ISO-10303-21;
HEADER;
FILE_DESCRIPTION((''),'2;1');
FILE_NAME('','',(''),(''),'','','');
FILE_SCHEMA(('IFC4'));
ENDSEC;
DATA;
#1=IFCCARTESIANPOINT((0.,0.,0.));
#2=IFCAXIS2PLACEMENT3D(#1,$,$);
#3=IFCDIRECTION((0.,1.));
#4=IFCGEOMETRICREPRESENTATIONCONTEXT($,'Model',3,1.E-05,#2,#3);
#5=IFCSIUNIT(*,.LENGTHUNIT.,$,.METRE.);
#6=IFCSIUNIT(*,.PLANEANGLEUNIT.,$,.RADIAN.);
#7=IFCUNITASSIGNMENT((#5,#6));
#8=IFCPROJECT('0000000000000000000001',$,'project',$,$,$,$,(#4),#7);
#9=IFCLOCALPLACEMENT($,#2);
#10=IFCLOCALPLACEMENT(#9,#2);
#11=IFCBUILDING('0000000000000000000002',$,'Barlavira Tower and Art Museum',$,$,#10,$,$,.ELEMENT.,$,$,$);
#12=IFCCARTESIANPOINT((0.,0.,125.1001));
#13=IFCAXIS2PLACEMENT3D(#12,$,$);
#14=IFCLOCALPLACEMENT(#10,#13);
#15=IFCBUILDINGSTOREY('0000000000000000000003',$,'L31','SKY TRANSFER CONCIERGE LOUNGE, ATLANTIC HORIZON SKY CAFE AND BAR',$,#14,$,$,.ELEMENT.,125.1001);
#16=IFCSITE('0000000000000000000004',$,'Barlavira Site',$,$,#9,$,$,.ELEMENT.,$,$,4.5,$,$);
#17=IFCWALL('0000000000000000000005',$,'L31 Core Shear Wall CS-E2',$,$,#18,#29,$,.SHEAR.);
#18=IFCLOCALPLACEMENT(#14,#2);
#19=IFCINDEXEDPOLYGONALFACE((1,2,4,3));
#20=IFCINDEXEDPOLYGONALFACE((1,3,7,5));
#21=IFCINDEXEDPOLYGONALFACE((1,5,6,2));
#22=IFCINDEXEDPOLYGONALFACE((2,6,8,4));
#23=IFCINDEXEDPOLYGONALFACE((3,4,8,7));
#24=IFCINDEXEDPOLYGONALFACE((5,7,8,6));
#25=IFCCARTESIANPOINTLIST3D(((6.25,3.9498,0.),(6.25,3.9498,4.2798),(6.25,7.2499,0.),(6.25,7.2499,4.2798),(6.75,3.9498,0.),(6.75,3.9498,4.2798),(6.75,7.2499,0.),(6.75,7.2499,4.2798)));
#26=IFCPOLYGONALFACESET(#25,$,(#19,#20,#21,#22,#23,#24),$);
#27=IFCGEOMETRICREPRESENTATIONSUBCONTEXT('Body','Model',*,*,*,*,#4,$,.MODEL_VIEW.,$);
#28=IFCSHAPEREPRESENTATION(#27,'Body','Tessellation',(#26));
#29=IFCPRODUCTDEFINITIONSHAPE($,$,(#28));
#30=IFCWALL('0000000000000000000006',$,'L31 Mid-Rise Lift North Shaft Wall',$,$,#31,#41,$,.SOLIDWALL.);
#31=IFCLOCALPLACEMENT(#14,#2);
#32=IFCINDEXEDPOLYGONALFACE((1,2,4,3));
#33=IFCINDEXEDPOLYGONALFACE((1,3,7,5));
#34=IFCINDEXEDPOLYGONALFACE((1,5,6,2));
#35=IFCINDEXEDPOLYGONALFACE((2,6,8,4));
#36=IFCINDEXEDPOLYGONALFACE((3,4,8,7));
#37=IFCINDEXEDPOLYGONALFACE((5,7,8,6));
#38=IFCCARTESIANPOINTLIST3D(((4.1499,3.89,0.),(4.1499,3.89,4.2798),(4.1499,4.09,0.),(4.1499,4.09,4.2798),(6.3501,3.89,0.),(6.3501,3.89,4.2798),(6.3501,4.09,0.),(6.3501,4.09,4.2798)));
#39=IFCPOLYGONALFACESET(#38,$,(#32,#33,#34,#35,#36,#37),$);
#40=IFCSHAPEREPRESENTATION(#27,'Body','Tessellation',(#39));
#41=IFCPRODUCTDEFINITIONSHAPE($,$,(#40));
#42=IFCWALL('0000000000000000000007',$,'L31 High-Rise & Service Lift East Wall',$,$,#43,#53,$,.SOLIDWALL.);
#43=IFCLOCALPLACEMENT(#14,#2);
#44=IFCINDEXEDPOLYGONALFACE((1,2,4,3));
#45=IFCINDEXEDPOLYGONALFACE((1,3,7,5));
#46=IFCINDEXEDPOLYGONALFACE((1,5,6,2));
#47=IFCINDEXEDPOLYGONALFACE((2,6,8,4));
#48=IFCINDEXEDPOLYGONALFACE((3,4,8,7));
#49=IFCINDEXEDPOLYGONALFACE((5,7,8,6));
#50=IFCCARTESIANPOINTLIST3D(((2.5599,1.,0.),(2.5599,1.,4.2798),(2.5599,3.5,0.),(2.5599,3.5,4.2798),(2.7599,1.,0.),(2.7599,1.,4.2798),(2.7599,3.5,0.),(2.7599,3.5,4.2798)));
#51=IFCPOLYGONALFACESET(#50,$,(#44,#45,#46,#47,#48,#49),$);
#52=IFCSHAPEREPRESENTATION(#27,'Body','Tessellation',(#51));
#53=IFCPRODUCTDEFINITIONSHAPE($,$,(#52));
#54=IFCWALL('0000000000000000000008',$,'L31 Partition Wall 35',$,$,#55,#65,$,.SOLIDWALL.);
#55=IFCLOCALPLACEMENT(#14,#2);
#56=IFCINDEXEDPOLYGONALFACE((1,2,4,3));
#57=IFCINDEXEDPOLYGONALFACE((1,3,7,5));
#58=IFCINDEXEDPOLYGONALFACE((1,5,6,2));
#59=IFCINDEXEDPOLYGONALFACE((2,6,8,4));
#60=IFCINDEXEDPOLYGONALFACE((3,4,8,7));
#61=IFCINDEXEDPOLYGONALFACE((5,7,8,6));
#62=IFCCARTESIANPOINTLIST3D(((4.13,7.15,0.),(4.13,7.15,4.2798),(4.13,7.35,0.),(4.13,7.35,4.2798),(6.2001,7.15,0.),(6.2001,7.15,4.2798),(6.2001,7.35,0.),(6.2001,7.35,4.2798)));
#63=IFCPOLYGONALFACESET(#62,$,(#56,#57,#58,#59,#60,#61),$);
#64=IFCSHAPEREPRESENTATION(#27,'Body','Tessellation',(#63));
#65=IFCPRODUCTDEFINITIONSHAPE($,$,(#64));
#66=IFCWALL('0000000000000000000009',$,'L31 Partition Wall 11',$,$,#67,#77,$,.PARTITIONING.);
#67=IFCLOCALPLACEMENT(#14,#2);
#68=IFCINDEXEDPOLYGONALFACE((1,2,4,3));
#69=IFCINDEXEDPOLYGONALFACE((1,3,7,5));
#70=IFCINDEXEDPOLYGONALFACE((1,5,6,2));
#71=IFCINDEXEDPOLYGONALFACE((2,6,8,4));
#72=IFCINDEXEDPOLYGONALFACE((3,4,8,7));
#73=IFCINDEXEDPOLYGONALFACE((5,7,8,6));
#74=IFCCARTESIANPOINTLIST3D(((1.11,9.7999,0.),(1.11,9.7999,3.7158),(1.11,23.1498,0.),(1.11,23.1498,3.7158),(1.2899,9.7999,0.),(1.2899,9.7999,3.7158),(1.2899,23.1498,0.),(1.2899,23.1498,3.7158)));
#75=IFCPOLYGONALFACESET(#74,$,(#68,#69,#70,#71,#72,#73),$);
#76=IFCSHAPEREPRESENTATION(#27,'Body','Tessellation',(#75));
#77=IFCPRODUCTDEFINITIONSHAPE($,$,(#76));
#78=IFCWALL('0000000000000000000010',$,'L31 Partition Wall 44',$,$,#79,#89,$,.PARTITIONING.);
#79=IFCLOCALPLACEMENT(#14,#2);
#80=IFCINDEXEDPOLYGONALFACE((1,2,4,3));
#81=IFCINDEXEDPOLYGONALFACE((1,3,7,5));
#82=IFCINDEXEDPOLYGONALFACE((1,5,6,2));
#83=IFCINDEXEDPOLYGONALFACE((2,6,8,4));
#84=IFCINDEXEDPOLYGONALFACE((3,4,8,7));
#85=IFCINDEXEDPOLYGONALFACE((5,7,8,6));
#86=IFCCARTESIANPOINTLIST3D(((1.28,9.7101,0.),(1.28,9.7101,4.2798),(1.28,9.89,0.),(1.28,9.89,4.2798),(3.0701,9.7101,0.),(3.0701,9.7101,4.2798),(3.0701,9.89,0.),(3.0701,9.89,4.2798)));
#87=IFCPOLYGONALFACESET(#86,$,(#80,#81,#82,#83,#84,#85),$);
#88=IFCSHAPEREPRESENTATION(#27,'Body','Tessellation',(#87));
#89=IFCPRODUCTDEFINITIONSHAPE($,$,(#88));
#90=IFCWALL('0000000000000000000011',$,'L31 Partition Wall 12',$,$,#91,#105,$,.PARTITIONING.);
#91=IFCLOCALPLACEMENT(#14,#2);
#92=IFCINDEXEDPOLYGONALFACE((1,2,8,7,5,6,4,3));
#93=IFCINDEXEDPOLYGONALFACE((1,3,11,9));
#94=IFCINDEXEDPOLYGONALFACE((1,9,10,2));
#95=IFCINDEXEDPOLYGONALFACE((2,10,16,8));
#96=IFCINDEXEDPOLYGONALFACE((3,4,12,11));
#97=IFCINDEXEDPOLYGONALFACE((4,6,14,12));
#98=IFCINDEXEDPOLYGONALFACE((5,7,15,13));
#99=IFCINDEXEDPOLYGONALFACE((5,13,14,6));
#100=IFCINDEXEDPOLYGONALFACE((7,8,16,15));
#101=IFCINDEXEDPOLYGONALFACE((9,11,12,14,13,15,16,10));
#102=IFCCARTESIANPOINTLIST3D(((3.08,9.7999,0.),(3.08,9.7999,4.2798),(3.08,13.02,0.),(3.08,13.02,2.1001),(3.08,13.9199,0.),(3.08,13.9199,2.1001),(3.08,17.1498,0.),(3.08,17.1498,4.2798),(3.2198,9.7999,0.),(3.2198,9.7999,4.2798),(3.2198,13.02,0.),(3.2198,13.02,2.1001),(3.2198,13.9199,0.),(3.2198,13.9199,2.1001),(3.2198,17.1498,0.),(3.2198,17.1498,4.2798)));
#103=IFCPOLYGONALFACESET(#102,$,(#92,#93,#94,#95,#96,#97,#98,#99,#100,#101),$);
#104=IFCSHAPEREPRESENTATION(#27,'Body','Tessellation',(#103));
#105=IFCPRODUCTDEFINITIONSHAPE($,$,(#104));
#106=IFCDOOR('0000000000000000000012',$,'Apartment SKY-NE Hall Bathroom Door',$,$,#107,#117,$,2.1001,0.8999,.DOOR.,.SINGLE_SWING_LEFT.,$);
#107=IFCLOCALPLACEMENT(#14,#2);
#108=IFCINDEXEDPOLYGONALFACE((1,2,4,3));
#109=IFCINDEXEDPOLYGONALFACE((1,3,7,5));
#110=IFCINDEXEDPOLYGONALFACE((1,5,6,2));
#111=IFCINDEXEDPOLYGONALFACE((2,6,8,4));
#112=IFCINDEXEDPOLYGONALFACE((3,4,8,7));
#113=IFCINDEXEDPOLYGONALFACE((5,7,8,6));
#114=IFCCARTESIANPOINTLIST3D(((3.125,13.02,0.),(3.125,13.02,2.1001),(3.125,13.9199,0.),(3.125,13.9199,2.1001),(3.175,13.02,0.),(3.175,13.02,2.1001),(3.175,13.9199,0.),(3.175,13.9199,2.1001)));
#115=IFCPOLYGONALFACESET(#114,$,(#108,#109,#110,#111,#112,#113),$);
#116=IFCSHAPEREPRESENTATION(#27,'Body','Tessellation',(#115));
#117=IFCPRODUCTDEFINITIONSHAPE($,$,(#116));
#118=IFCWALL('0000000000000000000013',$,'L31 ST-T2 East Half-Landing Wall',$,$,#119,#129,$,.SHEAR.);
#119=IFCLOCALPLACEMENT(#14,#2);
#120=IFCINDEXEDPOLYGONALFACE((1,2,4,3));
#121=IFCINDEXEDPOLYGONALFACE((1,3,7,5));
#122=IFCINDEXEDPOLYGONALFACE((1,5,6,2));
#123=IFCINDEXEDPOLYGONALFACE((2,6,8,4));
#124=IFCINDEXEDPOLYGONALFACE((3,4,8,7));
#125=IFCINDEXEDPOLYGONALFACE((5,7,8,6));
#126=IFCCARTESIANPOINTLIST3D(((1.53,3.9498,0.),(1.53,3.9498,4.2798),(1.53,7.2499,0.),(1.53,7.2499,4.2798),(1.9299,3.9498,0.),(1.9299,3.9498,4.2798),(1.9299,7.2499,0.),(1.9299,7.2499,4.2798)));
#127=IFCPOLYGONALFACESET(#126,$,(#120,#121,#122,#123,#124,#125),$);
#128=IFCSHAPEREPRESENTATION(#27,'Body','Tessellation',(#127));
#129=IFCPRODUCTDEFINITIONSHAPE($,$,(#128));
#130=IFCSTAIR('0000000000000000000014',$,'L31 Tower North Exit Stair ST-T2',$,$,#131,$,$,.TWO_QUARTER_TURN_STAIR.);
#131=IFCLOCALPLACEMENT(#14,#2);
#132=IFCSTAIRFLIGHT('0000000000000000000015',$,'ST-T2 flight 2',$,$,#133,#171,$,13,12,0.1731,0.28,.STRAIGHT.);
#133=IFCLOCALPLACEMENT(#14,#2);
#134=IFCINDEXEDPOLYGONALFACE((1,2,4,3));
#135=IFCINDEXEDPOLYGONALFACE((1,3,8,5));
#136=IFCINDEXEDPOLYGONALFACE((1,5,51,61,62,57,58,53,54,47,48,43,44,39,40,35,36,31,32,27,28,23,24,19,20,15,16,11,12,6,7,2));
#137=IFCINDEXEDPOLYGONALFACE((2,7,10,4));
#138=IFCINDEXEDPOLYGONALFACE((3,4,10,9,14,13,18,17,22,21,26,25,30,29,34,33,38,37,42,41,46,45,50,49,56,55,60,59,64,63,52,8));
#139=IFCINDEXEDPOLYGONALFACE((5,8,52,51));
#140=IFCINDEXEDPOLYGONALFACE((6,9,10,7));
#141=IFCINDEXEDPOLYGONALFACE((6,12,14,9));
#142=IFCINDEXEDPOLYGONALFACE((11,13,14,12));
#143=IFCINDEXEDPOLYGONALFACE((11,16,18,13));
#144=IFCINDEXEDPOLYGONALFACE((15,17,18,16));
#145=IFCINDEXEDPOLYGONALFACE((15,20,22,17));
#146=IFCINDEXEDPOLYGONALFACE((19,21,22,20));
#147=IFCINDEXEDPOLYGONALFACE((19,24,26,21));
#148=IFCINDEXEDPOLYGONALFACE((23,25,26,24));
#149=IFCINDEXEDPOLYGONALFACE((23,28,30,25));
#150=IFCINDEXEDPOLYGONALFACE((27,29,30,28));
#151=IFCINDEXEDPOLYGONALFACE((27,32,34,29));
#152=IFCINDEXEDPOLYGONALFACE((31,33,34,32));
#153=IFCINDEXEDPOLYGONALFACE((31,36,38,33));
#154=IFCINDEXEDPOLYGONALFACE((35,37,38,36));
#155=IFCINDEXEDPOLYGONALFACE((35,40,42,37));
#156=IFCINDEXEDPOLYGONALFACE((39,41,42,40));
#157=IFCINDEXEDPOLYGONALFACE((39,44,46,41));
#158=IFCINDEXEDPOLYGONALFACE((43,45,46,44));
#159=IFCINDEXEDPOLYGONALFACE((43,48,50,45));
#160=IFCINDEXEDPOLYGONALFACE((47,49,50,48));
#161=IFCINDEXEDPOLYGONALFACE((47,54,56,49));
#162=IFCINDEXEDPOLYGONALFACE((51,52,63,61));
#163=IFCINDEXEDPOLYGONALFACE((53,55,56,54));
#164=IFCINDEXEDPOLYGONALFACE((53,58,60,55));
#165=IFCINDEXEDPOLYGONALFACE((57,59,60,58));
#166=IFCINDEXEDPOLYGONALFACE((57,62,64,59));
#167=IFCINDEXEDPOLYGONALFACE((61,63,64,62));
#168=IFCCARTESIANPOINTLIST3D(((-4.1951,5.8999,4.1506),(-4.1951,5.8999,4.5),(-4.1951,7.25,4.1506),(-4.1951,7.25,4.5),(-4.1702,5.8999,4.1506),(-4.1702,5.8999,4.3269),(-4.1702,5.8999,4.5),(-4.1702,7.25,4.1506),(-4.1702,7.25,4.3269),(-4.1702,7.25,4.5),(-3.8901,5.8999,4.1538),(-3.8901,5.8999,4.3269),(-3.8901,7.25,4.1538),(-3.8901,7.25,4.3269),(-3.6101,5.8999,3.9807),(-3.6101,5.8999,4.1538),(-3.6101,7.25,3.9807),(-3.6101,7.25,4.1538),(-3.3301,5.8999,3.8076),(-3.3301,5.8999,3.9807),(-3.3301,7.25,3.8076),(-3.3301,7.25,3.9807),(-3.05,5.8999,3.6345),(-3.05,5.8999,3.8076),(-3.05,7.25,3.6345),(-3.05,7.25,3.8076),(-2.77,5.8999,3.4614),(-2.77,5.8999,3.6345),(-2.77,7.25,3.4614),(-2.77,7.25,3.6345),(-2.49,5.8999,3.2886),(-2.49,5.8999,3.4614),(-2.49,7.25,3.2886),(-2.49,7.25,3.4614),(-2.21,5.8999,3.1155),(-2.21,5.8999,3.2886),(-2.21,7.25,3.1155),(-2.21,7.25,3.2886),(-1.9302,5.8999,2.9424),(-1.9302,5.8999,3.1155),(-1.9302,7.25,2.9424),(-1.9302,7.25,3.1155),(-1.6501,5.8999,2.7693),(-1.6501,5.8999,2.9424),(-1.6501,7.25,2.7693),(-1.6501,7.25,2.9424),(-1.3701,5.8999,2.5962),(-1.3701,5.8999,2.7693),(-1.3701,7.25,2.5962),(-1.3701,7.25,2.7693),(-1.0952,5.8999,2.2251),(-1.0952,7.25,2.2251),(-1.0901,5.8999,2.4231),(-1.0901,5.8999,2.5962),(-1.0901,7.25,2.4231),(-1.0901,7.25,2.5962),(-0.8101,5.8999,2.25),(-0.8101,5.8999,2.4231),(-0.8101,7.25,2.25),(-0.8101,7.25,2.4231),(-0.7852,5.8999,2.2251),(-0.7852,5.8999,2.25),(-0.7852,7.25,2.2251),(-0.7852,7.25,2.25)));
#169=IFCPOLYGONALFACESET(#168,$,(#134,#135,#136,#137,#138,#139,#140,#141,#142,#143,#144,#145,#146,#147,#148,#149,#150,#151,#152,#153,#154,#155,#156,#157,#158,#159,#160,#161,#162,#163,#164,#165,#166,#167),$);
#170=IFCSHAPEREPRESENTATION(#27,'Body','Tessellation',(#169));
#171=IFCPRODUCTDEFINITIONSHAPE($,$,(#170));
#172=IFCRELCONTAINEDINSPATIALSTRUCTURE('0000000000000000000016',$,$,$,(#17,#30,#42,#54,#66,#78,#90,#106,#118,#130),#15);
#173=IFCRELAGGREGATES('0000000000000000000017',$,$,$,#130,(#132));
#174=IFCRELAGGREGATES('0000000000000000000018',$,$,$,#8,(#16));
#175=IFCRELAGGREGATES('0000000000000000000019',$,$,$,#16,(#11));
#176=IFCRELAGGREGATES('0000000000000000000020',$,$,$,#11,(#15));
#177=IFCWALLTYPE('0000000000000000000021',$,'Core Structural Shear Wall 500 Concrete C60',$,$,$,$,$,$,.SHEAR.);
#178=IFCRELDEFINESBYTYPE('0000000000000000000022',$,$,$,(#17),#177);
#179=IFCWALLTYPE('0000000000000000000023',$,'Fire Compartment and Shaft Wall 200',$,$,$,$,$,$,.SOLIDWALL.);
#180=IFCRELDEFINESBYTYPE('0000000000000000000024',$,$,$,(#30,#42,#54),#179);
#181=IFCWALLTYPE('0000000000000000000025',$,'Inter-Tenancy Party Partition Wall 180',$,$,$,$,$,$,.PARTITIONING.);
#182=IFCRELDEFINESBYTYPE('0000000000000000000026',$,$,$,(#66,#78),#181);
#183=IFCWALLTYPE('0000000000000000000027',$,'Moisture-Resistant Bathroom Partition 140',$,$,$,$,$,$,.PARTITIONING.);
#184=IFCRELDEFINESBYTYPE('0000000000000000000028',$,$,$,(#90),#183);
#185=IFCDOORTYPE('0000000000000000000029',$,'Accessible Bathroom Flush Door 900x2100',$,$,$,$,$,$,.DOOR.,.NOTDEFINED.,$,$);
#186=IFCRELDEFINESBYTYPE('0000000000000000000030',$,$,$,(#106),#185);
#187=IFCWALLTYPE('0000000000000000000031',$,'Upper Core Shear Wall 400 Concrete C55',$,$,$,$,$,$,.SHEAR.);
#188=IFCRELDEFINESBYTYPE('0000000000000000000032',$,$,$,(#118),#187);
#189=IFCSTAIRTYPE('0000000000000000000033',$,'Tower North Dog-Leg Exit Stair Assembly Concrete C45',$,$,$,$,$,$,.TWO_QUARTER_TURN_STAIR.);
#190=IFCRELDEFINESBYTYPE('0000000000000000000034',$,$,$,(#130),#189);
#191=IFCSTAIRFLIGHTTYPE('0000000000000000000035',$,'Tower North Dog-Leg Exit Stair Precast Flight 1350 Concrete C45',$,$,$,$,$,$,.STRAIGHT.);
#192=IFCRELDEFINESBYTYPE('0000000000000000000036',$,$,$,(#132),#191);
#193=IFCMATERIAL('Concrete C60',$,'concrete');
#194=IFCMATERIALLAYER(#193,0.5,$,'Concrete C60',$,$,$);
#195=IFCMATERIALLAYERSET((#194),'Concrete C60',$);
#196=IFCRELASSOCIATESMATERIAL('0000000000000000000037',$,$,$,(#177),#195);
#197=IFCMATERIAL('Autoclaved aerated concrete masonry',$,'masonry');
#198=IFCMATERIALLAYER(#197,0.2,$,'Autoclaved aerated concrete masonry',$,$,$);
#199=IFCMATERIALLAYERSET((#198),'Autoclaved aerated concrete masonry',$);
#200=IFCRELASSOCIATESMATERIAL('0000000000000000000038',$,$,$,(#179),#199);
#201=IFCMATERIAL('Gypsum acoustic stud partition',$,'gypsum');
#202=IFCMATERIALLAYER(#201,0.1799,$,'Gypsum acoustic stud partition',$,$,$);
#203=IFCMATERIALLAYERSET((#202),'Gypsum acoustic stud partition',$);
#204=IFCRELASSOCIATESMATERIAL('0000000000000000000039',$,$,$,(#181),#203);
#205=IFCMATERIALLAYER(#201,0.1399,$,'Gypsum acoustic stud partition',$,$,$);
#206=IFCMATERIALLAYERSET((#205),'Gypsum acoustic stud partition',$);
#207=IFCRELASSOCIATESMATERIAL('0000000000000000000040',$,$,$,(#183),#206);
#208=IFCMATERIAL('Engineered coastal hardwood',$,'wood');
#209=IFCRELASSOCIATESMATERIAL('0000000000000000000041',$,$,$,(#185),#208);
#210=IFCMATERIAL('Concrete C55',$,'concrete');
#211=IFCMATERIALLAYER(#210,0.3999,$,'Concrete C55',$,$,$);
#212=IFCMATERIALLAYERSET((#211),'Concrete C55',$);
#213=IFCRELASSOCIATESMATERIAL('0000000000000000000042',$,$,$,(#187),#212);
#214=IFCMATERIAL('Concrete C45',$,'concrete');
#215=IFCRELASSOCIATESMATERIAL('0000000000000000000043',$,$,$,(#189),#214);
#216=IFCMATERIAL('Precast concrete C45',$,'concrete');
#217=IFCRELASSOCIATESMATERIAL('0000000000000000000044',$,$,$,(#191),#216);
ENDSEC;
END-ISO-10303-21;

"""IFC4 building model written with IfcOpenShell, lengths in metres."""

from ifc_helpers import new_model, si_unit, direction, frame, frame_2d, origin, place, context, subcontext, project, spatial, polyline, rectangle, outline, extrude, material, layer, layer_set, type_object, element, fill, aggregate, save


model = new_model("IFC4")

# Units and contexts
model_context = context("Model", 3, precision=1e-05, world=origin(), true_north=direction((0.0, 1.0)))
body_context = subcontext(model_context, "Body", "Model", "MODEL_VIEW")
ifc_project = project(units=[si_unit("LENGTHUNIT", "METRE"), si_unit("PLANEANGLEUNIT", "RADIAN")], contexts=[model_context])

# Site, building, storey
site_placement = place(None, origin())
site = spatial("IfcSite", under=ifc_project, at=site_placement, Name="Barlavira Site", CompositionType="ELEMENT", RefElevation=4.5)
building_placement = place(site_placement, origin())
building = spatial("IfcBuilding", under=site, at=building_placement, Name="Barlavira Tower and Art Museum", CompositionType="ELEMENT")
storey_placement = place(building_placement, frame((0.0, 0.0, 125.1001)))
storey = spatial("IfcBuildingStorey", under=building, at=storey_placement, Name="L31", Description="SKY TRANSFER CONCIERGE LOUNGE, ATLANTIC HORIZON SKY CAFE AND BAR", CompositionType="ELEMENT", Elevation=125.1001)

# Shared definitions
ifc_material_1 = material(Name="Gypsum acoustic stud partition", Category="gypsum")
ifc_material_2 = material(Name="Engineered coastal hardwood", Category="wood")

# Walls
ifc_material_3 = material(Name="Concrete C60", Category="concrete")
ifc_layer_1 = layer(ifc_material_3, 0.5, Name="Concrete C60")
ifc_layer_set_1 = layer_set([ifc_layer_1], Name="Concrete C60")
wall_type_1 = type_object("IfcWallType", Name="Core Structural Shear Wall 500 Concrete C60", PredefinedType="SHEAR", material=ifc_layer_set_1)
wall_1_placement = place(storey_placement, frame((6.5, 3.95, 0.0), z_axis=(0.0, 0.0, 1.0), x_axis=(0.0, 1.0, 0.0)))
element("IfcWall", 1, at=wall_1_placement, inside=storey, type_object=wall_type_1, Name="L31 Core Shear Wall CS-E2", PredefinedType="SHEAR", context=body_context, shape_type="SweptSolid", body=[
    extrude(rectangle(XDim=3.3, YDim=0.5, at=frame_2d((1.6499, 0.0))), origin(), (0.0, 0.0, 1.0), 4.2798),
])
ifc_material_4 = material(Name="Autoclaved aerated concrete masonry", Category="masonry")
ifc_layer_2 = layer(ifc_material_4, 0.2, Name="Autoclaved aerated concrete masonry")
ifc_layer_set_2 = layer_set([ifc_layer_2], Name="Autoclaved aerated concrete masonry")
wall_type_2 = type_object("IfcWallType", Name="Fire Compartment and Shaft Wall 200", PredefinedType="SOLIDWALL", material=ifc_layer_set_2)
wall_2_placement = place(storey_placement, frame((4.1499, 3.99, 0.0), z_axis=(0.0, 0.0, 1.0), x_axis=(1.0, 0.0, 0.0)))
element("IfcWall", 2, at=wall_2_placement, inside=storey, type_object=wall_type_2, Name="L31 Mid-Rise Lift North Shaft Wall", PredefinedType="SOLIDWALL", context=body_context, shape_type="SweptSolid", body=[
    extrude(rectangle(XDim=2.2002, YDim=0.2, at=frame_2d((1.1001, 0.0))), origin(), (0.0, 0.0, 1.0), 4.2798),
])
wall_3_placement = place(storey_placement, frame((2.6599, 1.0, 0.0), z_axis=(0.0, 0.0, 1.0), x_axis=(0.0, 1.0, 0.0)))
element("IfcWall", 3, at=wall_3_placement, inside=storey, type_object=wall_type_2, Name="L31 High-Rise & Service Lift East Wall", PredefinedType="SOLIDWALL", context=body_context, shape_type="SweptSolid", body=[
    extrude(rectangle(XDim=2.5, YDim=0.2, at=frame_2d((1.25, 0.0))), origin(), (0.0, 0.0, 1.0), 4.2798),
])

# Walls
wall_4_placement = place(storey_placement, frame((4.1299, 7.25, 0.0), z_axis=(0.0, 0.0, 1.0), x_axis=(1.0, 0.0, 0.0)))
element("IfcWall", 4, at=wall_4_placement, inside=storey, type_object=wall_type_2, Name="L31 Partition Wall 35", PredefinedType="SOLIDWALL", context=body_context, shape_type="SweptSolid", body=[
    extrude(rectangle(XDim=2.0701, YDim=0.2, at=frame_2d((1.0352, 0.0))), origin(), (0.0, 0.0, 1.0), 4.2798),
])
ifc_layer_3 = layer(ifc_material_1, 0.1799, Name="Gypsum acoustic stud partition")
ifc_layer_set_3 = layer_set([ifc_layer_3], Name="Gypsum acoustic stud partition")
wall_type_3 = type_object("IfcWallType", Name="Inter-Tenancy Party Partition Wall 180", PredefinedType="PARTITIONING", material=ifc_layer_set_3)
wall_5_placement = place(storey_placement, frame((1.2, 9.8, 0.0), z_axis=(0.0, 0.0, 1.0), x_axis=(0.0, 1.0, 0.0)))
element("IfcWall", 5, at=wall_5_placement, inside=storey, type_object=wall_type_3, Name="L31 Partition Wall 11", PredefinedType="PARTITIONING", context=body_context, shape_type="SweptSolid", body=[
    extrude(rectangle(XDim=13.3499, YDim=0.1799, at=frame_2d((6.6748, 0.0))), origin(), (0.0, 0.0, 1.0), 3.7158),
])
wall_6_placement = place(storey_placement, frame((1.28, 9.8, 0.0), z_axis=(0.0, 0.0, 1.0), x_axis=(1.0, 0.0, 0.0)))
element("IfcWall", 6, at=wall_6_placement, inside=storey, type_object=wall_type_3, Name="L31 Partition Wall 44", PredefinedType="PARTITIONING", context=body_context, shape_type="SweptSolid", body=[
    extrude(rectangle(XDim=1.79, YDim=0.1799, at=frame_2d((0.895, 0.0))), origin(), (0.0, 0.0, 1.0), 4.2798),
])

# Wall, opening, door
ifc_layer_4 = layer(ifc_material_1, 0.1399, Name="Gypsum acoustic stud partition")
ifc_layer_set_4 = layer_set([ifc_layer_4], Name="Gypsum acoustic stud partition")
wall_type_4 = type_object("IfcWallType", Name="Moisture-Resistant Bathroom Partition 140", PredefinedType="PARTITIONING", material=ifc_layer_set_4)
wall_7_placement = place(storey_placement, frame((3.1499, 9.8, 0.0), z_axis=(0.0, 0.0, 1.0), x_axis=(0.0, 1.0, 0.0)))
wall_7 = element("IfcWall", 7, at=wall_7_placement, inside=storey, type_object=wall_type_4, Name="L31 Partition Wall 12", PredefinedType="PARTITIONING", context=body_context, shape_type="SweptSolid", body=[
    extrude(rectangle(XDim=7.3499, YDim=0.1399, at=frame_2d((3.6748, 0.0))), origin(), (0.0, 0.0, 1.0), 4.2798),
])
opening_1_placement = place(wall_7_placement, frame((3.22, 0.0, 0.0)))
opening_1 = element("IfcOpeningElement", 8, at=opening_1_placement, cuts=wall_7, PredefinedType="OPENING", context=body_context, shape_type="SweptSolid", body=[
    extrude(rectangle(XDim=0.8999, YDim=2.1001, at=frame_2d((0.45, 1.05))), frame((0.0, 0.0801, 0.0), z_axis=(0.0, -1.0, 0.0), x_axis=(1.0, 0.0, 0.0)), (0.0, 0.0, 1.0), 0.1599),
])
door_type_1 = type_object("IfcDoorType", Name="Accessible Bathroom Flush Door 900x2100", OperationType="NOTDEFINED", PredefinedType="DOOR", material=ifc_material_2)
door_1_placement = place(opening_1_placement, origin())
door_1 = element("IfcDoor", 9, at=door_1_placement, inside=storey, type_object=door_type_1, Name="Apartment SKY-NE Hall Bathroom Door", OperationType="SINGLE_SWING_LEFT", OverallHeight=2.1001, OverallWidth=0.8999, PredefinedType="DOOR", context=body_context, shape_type="SweptSolid", body=[
    extrude(rectangle(XDim=0.8999, YDim=2.1001, at=frame_2d((0.45, 1.05))), frame((0.0, 0.0249, 0.0), z_axis=(0.0, -1.0, 0.0), x_axis=(1.0, 0.0, 0.0)), (0.0, 0.0, 1.0), 0.05),
])
fill(opening_1, door_1)

# Wall
ifc_material_5 = material(Name="Concrete C55", Category="concrete")
ifc_layer_5 = layer(ifc_material_5, 0.3999, Name="Concrete C55")
ifc_layer_set_5 = layer_set([ifc_layer_5], Name="Concrete C55")
wall_type_5 = type_object("IfcWallType", Name="Upper Core Shear Wall 400 Concrete C55", PredefinedType="SHEAR", material=ifc_layer_set_5)
wall_8_placement = place(storey_placement, frame((1.73, 3.95, 0.0), z_axis=(0.0, 0.0, 1.0), x_axis=(0.0, 1.0, 0.0)))
element("IfcWall", 10, at=wall_8_placement, inside=storey, type_object=wall_type_5, Name="L31 ST-T2 East Half-Landing Wall", PredefinedType="SHEAR", context=body_context, shape_type="SweptSolid", body=[
    extrude(rectangle(XDim=3.3, YDim=0.3999, at=frame_2d((1.6499, 0.0))), origin(), (0.0, 0.0, 1.0), 4.2798),
])

# Stair, stair flight
ifc_material_6 = material(Name="Concrete C45", Category="concrete")
stair_type = type_object("IfcStairType", Name="Tower North Dog-Leg Exit Stair Assembly Concrete C45", PredefinedType="TWO_QUARTER_TURN_STAIR", material=ifc_material_6)
stair_placement = place(storey_placement, origin())
stair = element("IfcStair", 11, at=stair_placement, inside=storey, type_object=stair_type, Name="L31 Tower North Exit Stair ST-T2", PredefinedType="TWO_QUARTER_TURN_STAIR")
ifc_material_7 = material(Name="Precast concrete C45", Category="concrete")
stair_flight_type = type_object("IfcStairFlightType", Name="Tower North Dog-Leg Exit Stair Precast Flight 1350 Concrete C45", PredefinedType="STRAIGHT", material=ifc_material_7)
stair_flight_placement = place(storey_placement, frame((-0.8101, 6.575, 2.25), z_axis=(0.0, 0.0, 1.0), x_axis=(-1.0, 0.0, 0.0)))
stair_flight = element("IfcStairFlight", 12, at=stair_flight_placement, type_object=stair_flight_type, Name="ST-T2 flight 2", NumberOfRisers=13, NumberOfTreads=12, PredefinedType="STRAIGHT", RiserHeight=0.1731, TreadLength=0.28, context=body_context, shape_type="SweptSolid", body=[
    extrude(outline(polyline([(-0.0249, 0.0), (0.0, 0.0), (0.0, 0.1731), (0.28, 0.1731), (0.28, 0.3462), (0.5601, 0.3462), (0.5601, 0.5193), (0.8401, 0.5193), (0.8401, 0.6924), (1.1201, 0.6924), (1.1201, 0.8655), (1.3999, 0.8655), (1.3999, 1.0386), (1.6799, 1.0386), (1.6799, 1.2114), (1.96, 1.2114), (1.96, 1.3845), (2.24, 1.3845), (2.24, 1.5576), (2.52, 1.5576), (2.52, 1.7307), (2.8, 1.7307), (2.8, 1.9038), (3.0801, 1.9038), (3.0801, 2.0769), (3.3601, 2.0769), (3.3601, 2.25), (3.385, 2.25), (3.385, 1.9006), (3.3601, 1.9006), (0.2852, -0.0249), (-0.0249, -0.0249), (-0.0249, 0.0)])), frame((0.0, 0.675, 0.0), z_axis=(0.0, -1.0, 0.0), x_axis=(1.0, 0.0, 0.0)), (0.0, 0.0, 1.0), 1.3501),
])
aggregate(stair, [stair_flight])

save(model, "model.ifc")
